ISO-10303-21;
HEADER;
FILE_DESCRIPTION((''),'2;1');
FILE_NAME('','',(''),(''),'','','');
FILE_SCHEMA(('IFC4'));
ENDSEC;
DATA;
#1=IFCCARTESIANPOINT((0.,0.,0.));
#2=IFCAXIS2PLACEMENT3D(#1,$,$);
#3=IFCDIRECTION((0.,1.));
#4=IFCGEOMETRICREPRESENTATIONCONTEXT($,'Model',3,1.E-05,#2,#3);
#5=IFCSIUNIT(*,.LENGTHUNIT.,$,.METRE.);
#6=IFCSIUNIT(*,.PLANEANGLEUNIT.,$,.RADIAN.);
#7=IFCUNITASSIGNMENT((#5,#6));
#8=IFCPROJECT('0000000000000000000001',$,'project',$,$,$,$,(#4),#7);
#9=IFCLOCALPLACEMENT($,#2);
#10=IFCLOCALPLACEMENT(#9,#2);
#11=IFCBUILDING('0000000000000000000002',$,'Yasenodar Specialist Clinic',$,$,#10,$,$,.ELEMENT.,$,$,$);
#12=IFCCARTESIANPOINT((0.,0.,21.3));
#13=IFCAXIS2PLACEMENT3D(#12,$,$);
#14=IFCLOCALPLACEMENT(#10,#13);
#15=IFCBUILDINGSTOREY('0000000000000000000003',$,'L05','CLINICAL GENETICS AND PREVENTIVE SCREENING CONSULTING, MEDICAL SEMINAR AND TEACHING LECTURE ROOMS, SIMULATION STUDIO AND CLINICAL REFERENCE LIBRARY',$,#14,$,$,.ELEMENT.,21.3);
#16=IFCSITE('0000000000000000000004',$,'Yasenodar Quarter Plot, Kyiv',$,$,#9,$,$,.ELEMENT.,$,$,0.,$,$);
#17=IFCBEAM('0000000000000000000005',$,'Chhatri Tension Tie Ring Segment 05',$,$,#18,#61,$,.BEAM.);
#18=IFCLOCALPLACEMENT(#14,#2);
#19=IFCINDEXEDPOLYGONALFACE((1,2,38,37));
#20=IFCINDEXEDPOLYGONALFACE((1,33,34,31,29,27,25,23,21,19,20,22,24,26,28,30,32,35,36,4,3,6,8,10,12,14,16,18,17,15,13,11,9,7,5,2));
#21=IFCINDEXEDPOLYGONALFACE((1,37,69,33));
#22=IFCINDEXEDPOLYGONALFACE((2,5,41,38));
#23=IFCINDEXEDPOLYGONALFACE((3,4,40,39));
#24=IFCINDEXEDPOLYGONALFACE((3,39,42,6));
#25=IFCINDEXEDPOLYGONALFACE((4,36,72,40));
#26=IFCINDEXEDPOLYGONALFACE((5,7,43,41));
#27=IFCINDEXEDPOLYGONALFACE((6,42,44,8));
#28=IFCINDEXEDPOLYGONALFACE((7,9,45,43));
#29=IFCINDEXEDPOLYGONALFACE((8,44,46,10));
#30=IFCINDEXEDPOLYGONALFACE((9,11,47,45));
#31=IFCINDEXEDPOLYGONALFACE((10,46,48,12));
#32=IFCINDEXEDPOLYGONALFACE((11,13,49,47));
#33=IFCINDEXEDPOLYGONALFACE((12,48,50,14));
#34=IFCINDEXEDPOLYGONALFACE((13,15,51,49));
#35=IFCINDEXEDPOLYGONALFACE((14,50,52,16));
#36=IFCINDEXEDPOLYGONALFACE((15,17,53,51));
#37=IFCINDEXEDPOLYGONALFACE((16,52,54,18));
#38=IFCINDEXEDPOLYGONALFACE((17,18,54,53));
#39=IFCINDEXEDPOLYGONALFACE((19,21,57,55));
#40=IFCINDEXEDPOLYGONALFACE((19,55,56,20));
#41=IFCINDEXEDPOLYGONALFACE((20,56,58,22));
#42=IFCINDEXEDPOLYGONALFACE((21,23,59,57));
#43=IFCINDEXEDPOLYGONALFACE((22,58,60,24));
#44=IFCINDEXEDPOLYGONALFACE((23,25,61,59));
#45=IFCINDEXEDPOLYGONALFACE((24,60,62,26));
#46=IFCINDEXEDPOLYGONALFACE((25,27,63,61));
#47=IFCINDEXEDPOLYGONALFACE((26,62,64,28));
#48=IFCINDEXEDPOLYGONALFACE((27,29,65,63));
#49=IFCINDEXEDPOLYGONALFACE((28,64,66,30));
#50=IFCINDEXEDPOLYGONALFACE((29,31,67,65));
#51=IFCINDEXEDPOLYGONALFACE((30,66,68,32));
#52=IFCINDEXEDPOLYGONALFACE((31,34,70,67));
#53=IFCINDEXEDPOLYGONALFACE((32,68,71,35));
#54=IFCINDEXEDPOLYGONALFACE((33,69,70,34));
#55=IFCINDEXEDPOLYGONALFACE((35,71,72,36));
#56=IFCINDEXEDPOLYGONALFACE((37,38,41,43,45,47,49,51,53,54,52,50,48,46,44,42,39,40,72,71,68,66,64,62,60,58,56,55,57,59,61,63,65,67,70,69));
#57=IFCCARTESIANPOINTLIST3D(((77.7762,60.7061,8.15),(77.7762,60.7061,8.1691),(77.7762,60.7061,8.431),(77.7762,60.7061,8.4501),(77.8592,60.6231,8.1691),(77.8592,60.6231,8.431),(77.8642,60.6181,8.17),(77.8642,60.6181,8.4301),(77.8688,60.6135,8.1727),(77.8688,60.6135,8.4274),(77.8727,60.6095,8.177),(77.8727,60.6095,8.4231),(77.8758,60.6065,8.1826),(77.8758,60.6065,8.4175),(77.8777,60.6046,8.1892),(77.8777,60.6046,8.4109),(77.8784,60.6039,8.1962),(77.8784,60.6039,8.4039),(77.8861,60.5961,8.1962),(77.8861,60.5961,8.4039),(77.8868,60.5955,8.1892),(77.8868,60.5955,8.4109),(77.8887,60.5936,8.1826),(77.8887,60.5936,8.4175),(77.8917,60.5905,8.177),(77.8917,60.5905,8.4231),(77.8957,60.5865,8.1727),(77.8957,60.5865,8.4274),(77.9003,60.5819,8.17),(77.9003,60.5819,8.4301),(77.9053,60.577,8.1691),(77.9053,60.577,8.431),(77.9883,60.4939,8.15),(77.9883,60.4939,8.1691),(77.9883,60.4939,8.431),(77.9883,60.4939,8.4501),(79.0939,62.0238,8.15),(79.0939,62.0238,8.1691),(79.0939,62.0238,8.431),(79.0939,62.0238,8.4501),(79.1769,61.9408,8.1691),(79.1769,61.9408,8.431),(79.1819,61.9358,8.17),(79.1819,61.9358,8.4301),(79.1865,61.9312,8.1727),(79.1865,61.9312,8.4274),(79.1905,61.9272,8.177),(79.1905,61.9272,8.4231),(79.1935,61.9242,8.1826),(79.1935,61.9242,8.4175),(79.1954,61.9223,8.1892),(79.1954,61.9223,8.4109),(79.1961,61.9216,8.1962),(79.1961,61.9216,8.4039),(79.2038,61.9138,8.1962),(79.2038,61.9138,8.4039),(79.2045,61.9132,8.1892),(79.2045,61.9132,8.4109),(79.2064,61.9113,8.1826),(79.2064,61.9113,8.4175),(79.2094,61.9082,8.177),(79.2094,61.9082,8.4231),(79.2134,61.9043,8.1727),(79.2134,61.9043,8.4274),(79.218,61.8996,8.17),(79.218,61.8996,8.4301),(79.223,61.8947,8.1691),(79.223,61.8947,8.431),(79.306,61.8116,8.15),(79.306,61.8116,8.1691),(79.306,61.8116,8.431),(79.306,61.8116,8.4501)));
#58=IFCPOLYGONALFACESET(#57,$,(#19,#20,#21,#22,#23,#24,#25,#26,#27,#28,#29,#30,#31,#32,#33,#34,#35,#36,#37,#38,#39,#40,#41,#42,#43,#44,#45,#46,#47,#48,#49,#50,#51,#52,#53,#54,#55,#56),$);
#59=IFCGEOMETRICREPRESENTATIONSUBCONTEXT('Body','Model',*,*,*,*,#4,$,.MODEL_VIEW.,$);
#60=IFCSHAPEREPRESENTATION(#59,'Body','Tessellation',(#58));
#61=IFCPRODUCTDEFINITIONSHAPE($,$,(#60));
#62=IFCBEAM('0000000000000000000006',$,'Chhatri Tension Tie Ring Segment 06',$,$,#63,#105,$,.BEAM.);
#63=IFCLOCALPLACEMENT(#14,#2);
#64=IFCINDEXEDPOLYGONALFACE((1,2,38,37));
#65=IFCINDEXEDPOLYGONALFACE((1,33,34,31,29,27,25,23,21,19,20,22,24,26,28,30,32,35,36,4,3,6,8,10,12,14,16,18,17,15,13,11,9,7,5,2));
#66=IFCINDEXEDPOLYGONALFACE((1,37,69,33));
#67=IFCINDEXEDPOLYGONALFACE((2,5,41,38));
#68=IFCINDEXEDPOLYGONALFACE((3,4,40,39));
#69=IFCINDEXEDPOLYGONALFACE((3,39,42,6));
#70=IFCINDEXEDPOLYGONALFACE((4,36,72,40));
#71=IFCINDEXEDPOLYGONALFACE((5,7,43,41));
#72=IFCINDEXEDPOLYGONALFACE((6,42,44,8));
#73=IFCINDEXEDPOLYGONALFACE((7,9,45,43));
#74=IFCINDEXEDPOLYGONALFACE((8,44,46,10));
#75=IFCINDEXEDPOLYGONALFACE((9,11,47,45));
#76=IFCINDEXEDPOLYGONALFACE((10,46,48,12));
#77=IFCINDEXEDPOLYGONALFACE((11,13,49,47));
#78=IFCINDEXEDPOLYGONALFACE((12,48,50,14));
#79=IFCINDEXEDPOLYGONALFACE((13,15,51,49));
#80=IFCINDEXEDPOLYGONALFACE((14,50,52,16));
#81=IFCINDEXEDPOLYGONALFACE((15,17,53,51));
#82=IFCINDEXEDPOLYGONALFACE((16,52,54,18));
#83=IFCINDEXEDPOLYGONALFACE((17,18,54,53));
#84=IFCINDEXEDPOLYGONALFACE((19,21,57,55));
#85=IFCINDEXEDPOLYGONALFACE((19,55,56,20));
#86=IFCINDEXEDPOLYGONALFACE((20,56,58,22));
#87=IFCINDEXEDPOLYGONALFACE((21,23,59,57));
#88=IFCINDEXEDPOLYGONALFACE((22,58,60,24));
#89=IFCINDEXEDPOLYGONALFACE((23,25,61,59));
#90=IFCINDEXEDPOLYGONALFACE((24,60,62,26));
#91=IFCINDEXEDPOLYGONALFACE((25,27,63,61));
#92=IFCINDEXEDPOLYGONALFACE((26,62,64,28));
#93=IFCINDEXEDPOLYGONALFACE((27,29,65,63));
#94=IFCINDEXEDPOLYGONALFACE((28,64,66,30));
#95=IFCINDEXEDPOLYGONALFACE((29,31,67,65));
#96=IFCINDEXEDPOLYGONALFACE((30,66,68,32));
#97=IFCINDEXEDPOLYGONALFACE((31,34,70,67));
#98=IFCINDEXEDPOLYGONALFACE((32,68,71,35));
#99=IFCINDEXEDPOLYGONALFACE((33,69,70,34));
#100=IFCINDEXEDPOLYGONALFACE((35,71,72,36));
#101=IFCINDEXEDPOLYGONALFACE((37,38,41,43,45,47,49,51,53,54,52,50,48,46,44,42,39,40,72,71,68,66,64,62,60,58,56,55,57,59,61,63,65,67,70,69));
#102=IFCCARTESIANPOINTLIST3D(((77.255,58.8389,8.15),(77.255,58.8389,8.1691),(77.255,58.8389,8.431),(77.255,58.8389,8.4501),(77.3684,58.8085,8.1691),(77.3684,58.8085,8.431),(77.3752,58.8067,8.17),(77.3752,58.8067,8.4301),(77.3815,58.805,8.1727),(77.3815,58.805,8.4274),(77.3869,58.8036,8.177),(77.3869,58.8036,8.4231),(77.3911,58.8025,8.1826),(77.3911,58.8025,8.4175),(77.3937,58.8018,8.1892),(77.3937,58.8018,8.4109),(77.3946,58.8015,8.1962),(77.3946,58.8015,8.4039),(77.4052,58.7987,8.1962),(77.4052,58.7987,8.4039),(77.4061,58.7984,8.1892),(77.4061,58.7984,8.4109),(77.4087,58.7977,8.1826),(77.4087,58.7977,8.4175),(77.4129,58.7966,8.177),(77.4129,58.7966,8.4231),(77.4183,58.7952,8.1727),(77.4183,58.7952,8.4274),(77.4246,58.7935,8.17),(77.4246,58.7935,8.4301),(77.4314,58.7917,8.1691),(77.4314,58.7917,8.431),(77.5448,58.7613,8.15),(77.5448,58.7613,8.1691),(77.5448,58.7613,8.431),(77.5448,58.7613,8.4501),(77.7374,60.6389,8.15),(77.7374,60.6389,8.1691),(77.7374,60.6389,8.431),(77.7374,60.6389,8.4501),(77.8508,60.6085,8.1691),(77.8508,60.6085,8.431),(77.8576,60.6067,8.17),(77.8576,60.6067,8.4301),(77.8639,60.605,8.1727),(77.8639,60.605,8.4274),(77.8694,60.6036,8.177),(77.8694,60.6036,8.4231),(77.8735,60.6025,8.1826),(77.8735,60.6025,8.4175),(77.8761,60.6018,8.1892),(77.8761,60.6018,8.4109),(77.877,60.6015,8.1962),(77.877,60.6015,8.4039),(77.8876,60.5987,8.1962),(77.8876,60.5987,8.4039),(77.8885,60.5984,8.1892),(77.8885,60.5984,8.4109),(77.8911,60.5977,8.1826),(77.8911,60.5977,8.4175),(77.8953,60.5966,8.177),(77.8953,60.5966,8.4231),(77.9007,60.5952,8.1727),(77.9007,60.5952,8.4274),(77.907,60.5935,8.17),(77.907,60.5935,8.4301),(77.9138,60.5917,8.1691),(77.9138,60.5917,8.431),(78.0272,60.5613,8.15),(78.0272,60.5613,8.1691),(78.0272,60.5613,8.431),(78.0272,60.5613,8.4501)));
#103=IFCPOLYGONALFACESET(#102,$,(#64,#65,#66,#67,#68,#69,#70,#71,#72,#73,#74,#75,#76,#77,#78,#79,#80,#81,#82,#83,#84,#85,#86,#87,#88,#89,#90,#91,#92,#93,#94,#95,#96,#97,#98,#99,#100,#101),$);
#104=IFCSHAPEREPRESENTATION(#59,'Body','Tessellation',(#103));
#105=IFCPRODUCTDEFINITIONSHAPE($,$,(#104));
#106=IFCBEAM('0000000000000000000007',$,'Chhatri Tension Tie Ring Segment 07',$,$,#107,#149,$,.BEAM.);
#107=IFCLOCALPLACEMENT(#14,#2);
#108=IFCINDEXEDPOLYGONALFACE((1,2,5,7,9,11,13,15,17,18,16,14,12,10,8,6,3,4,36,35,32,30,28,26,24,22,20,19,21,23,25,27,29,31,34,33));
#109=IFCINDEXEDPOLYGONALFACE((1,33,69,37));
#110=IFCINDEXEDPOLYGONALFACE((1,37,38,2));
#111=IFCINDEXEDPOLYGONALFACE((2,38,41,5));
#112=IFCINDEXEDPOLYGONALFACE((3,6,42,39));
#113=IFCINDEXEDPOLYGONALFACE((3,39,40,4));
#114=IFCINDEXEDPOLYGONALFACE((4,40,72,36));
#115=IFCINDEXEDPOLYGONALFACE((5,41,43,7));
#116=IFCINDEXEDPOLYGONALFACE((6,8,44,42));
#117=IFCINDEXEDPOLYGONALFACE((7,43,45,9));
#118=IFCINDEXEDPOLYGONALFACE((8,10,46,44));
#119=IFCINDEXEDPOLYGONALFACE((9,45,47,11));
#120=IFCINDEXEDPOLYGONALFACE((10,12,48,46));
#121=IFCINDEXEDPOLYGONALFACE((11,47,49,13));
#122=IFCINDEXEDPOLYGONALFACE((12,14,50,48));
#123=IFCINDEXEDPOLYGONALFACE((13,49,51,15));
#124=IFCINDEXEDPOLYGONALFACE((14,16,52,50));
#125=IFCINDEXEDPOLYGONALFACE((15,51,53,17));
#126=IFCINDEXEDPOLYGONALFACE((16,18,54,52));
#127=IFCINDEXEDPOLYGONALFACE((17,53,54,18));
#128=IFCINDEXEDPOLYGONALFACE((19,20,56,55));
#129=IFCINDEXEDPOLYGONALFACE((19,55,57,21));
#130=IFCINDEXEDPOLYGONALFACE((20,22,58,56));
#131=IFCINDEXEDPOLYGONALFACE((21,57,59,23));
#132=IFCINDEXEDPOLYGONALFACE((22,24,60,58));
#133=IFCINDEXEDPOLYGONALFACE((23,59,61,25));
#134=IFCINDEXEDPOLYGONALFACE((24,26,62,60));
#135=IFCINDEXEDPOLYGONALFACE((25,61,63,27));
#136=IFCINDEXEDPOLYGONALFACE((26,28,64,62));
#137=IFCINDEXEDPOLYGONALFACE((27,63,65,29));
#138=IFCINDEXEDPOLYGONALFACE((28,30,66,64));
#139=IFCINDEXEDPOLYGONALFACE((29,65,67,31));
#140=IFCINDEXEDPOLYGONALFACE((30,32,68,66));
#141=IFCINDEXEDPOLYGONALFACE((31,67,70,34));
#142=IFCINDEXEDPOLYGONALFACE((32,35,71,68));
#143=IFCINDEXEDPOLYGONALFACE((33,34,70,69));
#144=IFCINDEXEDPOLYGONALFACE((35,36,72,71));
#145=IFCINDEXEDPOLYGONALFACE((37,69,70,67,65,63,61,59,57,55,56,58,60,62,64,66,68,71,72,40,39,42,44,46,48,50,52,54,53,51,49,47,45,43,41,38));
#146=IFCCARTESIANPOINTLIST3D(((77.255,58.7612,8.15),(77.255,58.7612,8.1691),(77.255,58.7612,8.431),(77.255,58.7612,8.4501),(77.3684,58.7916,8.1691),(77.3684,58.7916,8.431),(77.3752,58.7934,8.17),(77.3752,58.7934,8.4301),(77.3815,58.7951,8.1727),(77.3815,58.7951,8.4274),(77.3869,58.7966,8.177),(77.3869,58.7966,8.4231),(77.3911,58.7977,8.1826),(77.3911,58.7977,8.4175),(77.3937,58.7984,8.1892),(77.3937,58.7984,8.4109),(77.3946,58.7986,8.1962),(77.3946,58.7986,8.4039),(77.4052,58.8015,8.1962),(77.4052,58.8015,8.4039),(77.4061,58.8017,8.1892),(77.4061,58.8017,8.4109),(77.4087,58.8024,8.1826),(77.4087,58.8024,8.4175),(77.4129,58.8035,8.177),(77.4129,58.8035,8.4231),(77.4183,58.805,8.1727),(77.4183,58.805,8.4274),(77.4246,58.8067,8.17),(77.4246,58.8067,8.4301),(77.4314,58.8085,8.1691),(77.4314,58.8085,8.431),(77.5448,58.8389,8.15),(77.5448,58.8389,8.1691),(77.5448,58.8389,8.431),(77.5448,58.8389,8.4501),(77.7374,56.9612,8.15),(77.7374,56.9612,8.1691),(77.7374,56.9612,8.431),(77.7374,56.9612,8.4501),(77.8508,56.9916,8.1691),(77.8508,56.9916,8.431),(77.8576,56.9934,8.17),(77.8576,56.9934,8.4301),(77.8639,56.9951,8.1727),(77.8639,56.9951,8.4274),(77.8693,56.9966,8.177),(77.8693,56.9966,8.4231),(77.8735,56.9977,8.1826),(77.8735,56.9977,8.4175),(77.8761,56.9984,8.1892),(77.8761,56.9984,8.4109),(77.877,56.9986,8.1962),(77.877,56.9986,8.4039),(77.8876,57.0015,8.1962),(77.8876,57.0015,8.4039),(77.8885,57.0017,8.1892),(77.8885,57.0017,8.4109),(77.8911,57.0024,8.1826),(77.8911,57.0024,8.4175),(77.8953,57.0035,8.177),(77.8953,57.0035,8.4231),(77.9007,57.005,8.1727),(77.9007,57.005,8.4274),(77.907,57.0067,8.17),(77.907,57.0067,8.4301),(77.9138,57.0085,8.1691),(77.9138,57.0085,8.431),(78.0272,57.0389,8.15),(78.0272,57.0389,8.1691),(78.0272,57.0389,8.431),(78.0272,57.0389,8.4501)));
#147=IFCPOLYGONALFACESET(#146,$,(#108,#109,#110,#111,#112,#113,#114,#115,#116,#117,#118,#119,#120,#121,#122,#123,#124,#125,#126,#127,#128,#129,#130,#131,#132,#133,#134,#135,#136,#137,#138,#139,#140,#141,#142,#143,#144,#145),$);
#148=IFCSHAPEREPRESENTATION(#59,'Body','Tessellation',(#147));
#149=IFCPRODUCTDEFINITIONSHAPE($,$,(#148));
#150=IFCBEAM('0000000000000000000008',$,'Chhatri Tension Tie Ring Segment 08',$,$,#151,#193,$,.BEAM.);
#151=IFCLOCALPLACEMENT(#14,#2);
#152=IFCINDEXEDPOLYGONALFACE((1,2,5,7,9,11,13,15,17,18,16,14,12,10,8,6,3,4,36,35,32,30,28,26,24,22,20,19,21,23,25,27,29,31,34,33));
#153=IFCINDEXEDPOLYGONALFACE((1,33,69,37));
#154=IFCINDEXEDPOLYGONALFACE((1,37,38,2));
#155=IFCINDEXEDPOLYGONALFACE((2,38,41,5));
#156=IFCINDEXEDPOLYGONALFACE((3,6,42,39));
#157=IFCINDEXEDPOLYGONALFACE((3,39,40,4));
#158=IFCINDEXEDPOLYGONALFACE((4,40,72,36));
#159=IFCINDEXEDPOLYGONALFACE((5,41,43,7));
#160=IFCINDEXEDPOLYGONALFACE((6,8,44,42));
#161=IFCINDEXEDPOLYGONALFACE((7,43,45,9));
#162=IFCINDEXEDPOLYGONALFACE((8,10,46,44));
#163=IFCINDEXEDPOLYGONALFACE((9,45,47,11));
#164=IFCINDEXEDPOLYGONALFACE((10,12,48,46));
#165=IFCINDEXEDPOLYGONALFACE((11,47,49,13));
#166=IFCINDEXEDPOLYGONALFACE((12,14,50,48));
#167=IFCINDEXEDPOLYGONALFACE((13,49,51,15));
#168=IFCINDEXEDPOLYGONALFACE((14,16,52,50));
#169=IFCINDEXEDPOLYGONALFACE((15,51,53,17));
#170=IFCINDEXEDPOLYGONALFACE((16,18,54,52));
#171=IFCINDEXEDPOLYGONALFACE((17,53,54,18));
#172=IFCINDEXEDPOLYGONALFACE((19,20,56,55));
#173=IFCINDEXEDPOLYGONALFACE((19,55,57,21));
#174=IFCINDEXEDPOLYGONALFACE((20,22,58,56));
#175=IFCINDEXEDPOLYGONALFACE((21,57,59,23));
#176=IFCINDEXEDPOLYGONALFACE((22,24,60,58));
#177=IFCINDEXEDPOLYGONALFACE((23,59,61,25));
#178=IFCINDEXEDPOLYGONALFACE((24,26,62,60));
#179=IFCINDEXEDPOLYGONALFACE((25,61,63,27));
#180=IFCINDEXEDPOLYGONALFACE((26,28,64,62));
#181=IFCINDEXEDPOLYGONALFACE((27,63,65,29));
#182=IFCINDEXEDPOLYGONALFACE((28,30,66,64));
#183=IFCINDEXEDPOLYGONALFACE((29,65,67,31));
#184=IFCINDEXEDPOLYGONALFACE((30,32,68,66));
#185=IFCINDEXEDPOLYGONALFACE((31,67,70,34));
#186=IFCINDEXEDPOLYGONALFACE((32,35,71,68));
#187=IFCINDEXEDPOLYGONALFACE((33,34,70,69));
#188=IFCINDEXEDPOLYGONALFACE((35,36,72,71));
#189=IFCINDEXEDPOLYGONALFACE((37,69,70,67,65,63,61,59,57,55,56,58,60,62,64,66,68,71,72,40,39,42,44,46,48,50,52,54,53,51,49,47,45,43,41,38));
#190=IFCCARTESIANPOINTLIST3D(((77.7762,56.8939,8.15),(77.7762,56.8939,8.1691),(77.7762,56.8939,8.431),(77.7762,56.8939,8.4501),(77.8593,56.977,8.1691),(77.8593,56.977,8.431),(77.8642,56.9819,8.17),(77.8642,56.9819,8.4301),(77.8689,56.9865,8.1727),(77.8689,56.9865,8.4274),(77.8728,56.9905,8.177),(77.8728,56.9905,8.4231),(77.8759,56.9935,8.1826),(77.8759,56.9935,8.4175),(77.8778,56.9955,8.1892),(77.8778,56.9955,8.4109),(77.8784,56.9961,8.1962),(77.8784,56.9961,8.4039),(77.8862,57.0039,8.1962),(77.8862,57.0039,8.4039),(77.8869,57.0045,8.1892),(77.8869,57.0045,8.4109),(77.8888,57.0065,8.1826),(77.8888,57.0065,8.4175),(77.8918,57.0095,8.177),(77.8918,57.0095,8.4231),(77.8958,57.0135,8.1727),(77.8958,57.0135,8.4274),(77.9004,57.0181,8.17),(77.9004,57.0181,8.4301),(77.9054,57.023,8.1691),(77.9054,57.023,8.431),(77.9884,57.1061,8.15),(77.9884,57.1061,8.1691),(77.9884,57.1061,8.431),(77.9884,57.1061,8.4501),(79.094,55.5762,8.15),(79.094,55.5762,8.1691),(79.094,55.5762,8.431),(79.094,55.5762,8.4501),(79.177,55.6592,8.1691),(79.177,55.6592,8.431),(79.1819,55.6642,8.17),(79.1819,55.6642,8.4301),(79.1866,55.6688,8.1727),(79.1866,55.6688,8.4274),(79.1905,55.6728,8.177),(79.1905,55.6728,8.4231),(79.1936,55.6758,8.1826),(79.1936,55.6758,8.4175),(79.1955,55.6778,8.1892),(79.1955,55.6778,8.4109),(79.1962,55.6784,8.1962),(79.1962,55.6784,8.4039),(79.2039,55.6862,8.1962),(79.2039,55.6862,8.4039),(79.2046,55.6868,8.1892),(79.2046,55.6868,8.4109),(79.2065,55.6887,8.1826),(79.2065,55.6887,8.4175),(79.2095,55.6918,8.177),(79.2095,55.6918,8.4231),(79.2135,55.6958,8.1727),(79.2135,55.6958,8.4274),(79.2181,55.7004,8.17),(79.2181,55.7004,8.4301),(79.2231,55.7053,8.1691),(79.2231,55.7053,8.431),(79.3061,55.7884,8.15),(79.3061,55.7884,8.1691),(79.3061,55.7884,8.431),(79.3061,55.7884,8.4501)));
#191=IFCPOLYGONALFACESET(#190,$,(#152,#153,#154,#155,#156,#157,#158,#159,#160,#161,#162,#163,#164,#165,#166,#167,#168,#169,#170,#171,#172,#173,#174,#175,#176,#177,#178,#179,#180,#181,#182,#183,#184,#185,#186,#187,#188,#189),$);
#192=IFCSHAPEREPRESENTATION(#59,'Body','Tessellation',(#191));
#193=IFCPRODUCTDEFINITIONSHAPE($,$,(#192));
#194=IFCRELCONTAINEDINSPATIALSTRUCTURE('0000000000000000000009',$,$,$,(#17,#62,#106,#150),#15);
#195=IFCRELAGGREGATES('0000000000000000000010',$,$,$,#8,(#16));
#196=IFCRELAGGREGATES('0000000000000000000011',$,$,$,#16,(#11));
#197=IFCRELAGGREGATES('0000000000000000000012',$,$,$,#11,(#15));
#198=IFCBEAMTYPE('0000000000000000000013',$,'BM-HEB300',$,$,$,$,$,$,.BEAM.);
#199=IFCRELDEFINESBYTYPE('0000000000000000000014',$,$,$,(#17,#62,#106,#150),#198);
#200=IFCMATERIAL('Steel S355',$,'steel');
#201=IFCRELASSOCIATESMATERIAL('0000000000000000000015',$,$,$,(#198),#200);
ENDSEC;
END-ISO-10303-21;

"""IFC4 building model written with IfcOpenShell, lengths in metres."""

from ifc_helpers import new_model, si_unit, direction, frame, origin, origin_2d, place, context, subcontext, project, spatial, i_section, extrude, material, material_profile, profile_set, type_object, element, save


model = new_model("IFC4")

# Units and contexts
model_context = context("Model", 3, precision=1e-05, world=origin(), true_north=direction((0.0, 1.0)))
body_context = subcontext(model_context, "Body", "Model", "MODEL_VIEW")
ifc_project = project(units=[si_unit("LENGTHUNIT", "METRE"), si_unit("PLANEANGLEUNIT", "RADIAN")], contexts=[model_context])

# Site, building, storey
site_placement = place(None, origin())
site = spatial("IfcSite", under=ifc_project, at=site_placement, Name="Yasenodar Quarter Plot, Kyiv", CompositionType="ELEMENT", RefElevation=0.0)
building_placement = place(site_placement, origin())
building = spatial("IfcBuilding", under=site, at=building_placement, Name="Yasenodar Specialist Clinic", CompositionType="ELEMENT")
storey_placement = place(building_placement, frame((0.0, 0.0, 21.3)))
storey = spatial("IfcBuildingStorey", under=building, at=storey_placement, Name="L05", Description="CLINICAL GENETICS AND PREVENTIVE SCREENING CONSULTING, MEDICAL SEMINAR AND TEACHING LECTURE ROOMS, SIMULATION STUDIO AND CLINICAL REFERENCE LIBRARY", CompositionType="ELEMENT", Elevation=21.3)

# Beams
ifc_material = material(Name="Steel S355", Category="steel")
ifc_material_profile_1 = material_profile(ifc_material, i_section(OverallWidth=0.3, OverallDepth=0.3, WebThickness=0.011, FlangeThickness=0.019, FilletRadius=0.0271, at=origin_2d()), Name="HEB 300")
ifc_profile_set_1 = profile_set([ifc_material_profile_1], Name="Steel S355")
beam_type_1 = type_object("IfcBeamType", Name="BM-HEB300", PredefinedType="BEAM", material=ifc_profile_set_1)
for number, where, z_axis, x_axis, name in (
    (1, (79.2, 61.9177, 8.3), (-0.707107, -0.707107, 0.0), (0.707107, -0.707107, 0.0), "Chhatri Tension Tie Ring Segment 05"),
    (2, (77.8823, 60.6001, 8.3), (-0.258869, -0.965912, 0.0), (0.965912, -0.258869, 0.0), "Chhatri Tension Tie Ring Segment 06"),
    (3, (77.3999, 58.8, 8.3), (0.258869, -0.965912, 0.0), (0.965912, 0.258869, 0.0), "Chhatri Tension Tie Ring Segment 07"),
    (4, (77.8823, 57.0, 8.3), (0.707107, -0.707107, 0.0), (0.707107, 0.707107, 0.0), "Chhatri Tension Tie Ring Segment 08"),
):
    element("IfcBeam", number, at=place(storey_placement, frame(where, z_axis=z_axis, x_axis=x_axis)), inside=storey, type_object=beam_type_1, Name=name, PredefinedType="BEAM", context=body_context, shape_type="SweptSolid", body=[
        extrude(i_section(OverallWidth=0.3, OverallDepth=0.3, WebThickness=0.011, FlangeThickness=0.019, FilletRadius=0.0271, at=origin_2d()), origin(), (0.0, 0.0, 1.0), 1.8635),
    ])

save(model, "model.ifc")
